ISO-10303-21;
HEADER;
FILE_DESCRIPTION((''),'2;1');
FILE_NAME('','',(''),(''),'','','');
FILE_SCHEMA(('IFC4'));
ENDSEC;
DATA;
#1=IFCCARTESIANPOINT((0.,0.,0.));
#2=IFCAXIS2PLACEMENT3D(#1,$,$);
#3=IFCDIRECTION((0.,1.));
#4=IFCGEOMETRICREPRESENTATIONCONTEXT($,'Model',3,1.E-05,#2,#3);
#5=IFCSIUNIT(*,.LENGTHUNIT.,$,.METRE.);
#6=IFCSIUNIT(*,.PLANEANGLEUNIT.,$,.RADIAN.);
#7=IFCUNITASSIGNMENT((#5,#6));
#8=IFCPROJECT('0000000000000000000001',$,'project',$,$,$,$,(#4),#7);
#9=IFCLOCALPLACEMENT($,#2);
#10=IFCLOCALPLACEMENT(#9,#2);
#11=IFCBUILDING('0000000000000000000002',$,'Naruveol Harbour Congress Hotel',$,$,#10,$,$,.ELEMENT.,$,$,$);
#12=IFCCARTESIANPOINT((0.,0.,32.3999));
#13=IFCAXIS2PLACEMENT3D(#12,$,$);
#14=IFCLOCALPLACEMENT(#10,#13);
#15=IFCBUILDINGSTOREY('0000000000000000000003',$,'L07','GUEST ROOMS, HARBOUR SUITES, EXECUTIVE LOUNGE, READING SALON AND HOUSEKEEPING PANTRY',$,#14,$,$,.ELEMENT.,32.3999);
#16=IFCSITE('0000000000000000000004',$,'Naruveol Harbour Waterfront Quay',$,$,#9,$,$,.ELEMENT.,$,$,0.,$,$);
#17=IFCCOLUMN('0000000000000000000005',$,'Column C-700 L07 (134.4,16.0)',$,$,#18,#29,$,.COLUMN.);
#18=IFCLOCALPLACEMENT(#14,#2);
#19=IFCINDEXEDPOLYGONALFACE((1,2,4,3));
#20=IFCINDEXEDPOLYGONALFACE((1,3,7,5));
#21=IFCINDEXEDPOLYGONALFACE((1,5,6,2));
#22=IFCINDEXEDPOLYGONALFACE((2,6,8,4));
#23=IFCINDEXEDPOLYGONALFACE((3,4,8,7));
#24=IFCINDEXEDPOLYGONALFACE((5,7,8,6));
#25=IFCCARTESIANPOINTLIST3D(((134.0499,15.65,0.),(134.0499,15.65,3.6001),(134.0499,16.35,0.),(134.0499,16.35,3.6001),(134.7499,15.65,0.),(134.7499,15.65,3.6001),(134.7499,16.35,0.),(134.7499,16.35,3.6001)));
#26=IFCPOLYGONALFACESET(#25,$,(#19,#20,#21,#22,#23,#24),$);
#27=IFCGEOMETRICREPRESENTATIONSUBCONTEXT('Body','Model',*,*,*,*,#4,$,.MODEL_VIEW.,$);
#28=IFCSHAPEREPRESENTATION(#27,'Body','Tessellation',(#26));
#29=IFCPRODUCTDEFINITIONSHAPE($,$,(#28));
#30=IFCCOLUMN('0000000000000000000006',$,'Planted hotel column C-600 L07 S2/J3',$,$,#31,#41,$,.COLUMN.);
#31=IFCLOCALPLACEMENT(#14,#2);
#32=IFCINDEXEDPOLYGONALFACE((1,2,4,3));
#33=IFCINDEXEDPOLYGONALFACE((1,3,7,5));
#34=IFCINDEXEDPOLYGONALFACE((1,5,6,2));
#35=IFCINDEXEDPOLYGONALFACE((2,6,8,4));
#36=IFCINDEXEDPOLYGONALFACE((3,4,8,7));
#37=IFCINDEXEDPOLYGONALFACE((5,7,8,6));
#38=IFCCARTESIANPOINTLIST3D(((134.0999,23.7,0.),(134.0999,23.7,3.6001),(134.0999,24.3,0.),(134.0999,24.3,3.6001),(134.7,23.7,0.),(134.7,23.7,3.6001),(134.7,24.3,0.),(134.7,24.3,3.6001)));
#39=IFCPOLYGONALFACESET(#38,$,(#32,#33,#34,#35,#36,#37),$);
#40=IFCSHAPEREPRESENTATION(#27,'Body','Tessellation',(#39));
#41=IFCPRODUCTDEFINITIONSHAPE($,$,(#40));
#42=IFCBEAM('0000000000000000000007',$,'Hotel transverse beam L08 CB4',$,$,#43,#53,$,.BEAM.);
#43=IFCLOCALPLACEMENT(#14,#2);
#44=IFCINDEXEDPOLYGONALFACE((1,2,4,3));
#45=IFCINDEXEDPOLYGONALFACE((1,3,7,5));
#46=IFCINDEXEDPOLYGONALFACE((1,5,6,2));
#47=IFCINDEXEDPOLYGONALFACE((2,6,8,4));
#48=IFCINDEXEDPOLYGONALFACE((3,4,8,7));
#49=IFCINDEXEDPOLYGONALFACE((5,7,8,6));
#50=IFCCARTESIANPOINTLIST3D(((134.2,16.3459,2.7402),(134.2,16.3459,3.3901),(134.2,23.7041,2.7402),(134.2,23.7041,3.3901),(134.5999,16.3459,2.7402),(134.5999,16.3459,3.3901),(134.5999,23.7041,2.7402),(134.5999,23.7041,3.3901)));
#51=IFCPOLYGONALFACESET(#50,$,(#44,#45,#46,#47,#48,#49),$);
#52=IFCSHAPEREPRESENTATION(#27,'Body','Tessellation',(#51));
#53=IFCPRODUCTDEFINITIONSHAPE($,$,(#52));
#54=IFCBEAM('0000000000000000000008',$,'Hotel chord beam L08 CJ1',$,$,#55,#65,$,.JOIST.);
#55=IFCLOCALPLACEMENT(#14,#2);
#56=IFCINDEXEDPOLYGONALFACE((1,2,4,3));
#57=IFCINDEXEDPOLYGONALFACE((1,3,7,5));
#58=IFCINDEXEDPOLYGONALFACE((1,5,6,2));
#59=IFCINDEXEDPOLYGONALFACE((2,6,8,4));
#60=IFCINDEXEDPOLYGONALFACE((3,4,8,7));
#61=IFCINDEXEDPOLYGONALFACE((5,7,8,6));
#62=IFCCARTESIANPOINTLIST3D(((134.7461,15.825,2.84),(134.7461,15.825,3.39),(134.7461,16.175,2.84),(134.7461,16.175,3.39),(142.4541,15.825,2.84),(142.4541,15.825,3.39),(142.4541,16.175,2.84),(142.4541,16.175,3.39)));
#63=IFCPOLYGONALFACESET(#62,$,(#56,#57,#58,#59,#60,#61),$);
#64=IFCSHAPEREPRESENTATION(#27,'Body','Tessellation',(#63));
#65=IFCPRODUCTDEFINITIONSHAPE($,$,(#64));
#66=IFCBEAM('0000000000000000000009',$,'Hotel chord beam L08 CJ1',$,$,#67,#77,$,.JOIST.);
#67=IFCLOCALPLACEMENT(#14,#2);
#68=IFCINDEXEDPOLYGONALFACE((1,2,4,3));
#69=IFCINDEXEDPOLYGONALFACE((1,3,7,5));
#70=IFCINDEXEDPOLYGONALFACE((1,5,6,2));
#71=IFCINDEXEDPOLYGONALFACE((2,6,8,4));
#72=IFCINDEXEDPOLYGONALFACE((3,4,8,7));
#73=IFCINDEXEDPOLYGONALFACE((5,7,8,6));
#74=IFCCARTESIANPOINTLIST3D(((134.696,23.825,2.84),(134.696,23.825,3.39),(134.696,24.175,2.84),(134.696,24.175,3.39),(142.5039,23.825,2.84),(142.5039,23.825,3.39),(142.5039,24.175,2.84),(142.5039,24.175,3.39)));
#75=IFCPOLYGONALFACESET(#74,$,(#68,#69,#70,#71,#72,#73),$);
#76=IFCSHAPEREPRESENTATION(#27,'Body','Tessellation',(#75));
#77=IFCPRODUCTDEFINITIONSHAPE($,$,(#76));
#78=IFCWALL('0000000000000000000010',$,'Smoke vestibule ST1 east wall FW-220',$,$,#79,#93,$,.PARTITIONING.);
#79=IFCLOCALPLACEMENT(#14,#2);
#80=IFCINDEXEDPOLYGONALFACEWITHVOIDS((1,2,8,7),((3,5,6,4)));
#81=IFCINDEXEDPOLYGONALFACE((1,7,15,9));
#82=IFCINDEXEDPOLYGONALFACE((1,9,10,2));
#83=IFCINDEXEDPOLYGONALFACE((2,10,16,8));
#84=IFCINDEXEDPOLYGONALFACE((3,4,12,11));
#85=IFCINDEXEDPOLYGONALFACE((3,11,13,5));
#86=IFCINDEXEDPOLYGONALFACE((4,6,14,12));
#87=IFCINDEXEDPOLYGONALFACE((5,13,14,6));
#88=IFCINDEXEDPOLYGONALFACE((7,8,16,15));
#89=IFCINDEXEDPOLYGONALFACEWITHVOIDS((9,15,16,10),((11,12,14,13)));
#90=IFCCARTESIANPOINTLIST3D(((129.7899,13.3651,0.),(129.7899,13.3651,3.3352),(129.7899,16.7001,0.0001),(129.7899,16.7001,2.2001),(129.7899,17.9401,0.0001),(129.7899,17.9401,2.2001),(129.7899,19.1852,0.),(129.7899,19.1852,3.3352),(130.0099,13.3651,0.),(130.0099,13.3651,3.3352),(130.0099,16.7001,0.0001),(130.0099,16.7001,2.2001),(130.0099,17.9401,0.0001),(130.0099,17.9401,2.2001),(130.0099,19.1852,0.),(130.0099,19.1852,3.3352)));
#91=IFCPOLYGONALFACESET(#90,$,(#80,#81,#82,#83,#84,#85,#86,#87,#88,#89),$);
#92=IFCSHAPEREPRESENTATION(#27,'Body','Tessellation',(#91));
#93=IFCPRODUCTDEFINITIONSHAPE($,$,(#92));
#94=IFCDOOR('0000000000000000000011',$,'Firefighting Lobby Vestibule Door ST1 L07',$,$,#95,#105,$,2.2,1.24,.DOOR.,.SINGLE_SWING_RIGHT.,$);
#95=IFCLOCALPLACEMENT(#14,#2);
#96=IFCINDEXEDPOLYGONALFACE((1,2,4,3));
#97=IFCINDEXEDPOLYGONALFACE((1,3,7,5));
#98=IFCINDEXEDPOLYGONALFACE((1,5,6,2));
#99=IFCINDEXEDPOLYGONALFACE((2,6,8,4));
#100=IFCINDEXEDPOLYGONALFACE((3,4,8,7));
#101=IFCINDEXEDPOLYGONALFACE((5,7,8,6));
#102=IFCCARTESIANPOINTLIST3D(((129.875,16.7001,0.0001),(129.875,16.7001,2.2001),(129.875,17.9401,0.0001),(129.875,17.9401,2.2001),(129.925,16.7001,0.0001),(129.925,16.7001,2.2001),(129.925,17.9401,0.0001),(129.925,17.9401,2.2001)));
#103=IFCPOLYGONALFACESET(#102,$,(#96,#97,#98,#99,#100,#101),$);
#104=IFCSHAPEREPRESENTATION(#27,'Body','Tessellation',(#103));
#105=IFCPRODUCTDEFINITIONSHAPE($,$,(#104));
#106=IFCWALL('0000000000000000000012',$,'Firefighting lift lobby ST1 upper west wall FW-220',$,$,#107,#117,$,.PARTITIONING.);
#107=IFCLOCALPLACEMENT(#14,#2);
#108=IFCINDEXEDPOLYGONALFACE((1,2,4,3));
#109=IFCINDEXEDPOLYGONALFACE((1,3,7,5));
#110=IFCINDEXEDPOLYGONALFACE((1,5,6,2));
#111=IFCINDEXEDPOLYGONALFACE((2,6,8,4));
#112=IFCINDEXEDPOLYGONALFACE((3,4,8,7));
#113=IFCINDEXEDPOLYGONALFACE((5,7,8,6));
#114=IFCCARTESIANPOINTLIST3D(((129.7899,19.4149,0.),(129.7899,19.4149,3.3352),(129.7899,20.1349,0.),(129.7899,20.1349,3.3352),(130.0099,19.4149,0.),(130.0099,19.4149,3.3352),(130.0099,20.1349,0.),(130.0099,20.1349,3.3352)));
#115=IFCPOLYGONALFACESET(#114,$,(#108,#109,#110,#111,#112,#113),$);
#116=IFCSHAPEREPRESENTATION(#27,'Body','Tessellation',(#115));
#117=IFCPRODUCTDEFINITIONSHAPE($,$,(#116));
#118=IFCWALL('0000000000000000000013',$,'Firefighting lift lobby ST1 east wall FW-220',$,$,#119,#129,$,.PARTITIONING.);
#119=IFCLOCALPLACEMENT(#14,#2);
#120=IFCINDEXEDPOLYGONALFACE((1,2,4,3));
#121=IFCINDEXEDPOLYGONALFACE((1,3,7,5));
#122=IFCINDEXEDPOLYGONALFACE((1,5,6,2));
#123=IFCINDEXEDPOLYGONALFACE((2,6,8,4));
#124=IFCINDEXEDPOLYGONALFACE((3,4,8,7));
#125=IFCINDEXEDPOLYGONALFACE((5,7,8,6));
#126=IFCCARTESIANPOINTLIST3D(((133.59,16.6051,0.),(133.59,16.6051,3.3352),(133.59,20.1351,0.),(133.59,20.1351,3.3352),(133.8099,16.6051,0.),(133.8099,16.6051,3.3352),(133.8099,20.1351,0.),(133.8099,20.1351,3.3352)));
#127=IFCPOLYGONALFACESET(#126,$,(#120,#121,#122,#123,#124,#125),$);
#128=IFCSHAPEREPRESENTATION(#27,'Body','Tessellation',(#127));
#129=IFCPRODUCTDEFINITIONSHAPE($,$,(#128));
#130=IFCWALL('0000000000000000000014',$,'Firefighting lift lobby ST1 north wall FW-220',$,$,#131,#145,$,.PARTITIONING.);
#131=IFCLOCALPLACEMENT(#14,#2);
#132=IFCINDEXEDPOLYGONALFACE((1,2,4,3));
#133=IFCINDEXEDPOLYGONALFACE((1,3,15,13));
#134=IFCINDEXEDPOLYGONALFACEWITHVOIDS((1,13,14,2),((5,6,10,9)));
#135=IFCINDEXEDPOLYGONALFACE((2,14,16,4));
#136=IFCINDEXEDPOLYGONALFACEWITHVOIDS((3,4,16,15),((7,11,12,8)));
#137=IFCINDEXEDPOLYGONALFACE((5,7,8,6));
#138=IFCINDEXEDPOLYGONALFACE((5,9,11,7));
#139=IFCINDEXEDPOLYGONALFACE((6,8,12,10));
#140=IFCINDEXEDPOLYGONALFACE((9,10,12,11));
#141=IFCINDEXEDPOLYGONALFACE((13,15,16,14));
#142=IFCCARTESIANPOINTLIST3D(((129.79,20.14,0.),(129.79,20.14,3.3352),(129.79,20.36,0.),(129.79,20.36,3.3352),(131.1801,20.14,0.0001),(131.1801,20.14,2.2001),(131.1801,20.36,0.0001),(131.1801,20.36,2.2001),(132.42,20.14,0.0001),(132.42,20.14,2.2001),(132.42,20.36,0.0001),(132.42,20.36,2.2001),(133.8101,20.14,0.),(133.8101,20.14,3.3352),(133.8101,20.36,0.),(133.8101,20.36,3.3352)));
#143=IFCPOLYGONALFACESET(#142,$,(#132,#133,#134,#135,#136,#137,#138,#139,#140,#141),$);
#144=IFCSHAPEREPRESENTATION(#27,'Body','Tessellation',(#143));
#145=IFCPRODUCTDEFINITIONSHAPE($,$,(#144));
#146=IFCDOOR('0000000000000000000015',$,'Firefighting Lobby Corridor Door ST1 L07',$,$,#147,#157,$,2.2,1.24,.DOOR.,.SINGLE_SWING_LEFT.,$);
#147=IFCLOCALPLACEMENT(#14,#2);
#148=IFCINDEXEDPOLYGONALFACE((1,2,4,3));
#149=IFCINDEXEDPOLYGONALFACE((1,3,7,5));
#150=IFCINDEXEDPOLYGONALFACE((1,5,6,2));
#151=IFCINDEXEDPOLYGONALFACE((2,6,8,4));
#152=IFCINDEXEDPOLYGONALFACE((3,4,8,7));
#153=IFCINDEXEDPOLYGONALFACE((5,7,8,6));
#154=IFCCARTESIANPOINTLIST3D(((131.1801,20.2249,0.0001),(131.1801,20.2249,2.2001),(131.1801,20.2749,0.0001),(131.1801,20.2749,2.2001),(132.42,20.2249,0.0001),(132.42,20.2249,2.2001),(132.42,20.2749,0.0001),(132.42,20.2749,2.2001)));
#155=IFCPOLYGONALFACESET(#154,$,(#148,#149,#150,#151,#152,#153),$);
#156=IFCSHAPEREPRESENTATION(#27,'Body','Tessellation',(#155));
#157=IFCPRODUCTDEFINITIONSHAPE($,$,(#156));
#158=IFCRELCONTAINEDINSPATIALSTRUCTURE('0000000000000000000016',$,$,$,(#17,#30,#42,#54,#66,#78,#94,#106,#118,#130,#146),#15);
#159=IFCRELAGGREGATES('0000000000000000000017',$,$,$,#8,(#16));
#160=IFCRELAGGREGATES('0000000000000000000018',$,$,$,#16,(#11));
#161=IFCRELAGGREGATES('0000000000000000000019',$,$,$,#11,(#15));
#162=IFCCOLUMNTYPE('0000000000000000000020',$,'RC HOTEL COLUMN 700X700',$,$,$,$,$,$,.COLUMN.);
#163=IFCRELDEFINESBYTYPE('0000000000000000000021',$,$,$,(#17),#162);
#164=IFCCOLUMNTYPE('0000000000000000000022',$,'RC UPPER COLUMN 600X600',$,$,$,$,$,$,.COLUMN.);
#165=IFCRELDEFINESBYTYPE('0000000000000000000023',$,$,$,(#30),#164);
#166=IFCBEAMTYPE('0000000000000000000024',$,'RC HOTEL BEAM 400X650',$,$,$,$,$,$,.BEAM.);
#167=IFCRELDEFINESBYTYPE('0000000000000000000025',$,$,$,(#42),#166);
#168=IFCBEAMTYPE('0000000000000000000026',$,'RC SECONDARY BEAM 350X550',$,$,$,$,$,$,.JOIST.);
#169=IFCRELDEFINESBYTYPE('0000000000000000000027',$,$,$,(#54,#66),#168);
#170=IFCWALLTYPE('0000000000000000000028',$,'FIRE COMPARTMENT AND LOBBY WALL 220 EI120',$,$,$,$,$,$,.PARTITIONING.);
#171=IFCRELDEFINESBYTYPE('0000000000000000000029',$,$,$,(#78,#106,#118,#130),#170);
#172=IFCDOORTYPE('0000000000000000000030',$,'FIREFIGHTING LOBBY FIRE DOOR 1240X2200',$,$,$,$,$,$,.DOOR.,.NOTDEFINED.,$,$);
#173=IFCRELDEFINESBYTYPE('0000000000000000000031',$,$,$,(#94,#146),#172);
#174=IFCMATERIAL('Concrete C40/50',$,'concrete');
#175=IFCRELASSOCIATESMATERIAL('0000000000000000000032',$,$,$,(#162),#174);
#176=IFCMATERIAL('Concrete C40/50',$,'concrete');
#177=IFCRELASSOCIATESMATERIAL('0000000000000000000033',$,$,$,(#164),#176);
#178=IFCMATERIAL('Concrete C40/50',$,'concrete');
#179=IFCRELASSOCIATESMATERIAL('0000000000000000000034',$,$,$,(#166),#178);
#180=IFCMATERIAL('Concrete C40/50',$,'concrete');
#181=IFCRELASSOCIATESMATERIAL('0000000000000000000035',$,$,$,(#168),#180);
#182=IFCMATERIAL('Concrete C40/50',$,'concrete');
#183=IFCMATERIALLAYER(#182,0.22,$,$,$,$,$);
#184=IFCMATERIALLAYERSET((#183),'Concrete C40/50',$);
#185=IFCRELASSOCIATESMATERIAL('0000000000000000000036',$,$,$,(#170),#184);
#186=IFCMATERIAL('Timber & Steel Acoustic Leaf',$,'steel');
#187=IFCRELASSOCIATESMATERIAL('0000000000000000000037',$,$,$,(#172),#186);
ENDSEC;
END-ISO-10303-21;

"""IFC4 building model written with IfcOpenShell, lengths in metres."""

from ifc_helpers import new_model, si_unit, direction, frame, frame_2d, origin, origin_2d, place, context, subcontext, project, spatial, rectangle, extrude, material, layer, layer_set, material_profile, profile_set, type_object, element, fill, save


model = new_model("IFC4")

# Units and contexts
model_context = context("Model", 3, precision=1e-05, world=origin(), true_north=direction((0.0, 1.0)))
body_context = subcontext(model_context, "Body", "Model", "MODEL_VIEW")
ifc_project = project(units=[si_unit("LENGTHUNIT", "METRE"), si_unit("PLANEANGLEUNIT", "RADIAN")], contexts=[model_context])

# Site, building, storey
site_placement = place(None, origin())
site = spatial("IfcSite", under=ifc_project, at=site_placement, Name="Naruveol Harbour Waterfront Quay", CompositionType="ELEMENT", RefElevation=0.0)
building_placement = place(site_placement, origin())
building = spatial("IfcBuilding", under=site, at=building_placement, Name="Naruveol Harbour Congress Hotel", CompositionType="ELEMENT")
storey_placement = place(building_placement, frame((0.0, 0.0, 32.3999)))
storey = spatial("IfcBuildingStorey", under=building, at=storey_placement, Name="L07", Description="GUEST ROOMS, HARBOUR SUITES, EXECUTIVE LOUNGE, READING SALON AND HOUSEKEEPING PANTRY", CompositionType="ELEMENT", Elevation=32.3999)

# Columns
ifc_material_1 = material(Name="Concrete C40/50", Category="concrete")
ifc_material_profile_1 = material_profile(ifc_material_1, rectangle(XDim=0.7, YDim=0.7, at=origin_2d()), Name="RC-700x700")
ifc_profile_set_1 = profile_set([ifc_material_profile_1], Name="Concrete C40/50")
column_type_1 = type_object("IfcColumnType", Name="RC HOTEL COLUMN 700X700", PredefinedType="COLUMN", material=ifc_profile_set_1)
column_1_placement = place(storey_placement, frame((134.3999, 16.0, 0.0), z_axis=(0.0, 0.0, 1.0), x_axis=(1.0, 0.0, 0.0)))
element("IfcColumn", 1, at=column_1_placement, inside=storey, type_object=column_type_1, Name="Column C-700 L07 (134.4,16.0)", PredefinedType="COLUMN", context=body_context, shape_type="SweptSolid", body=[
    extrude(rectangle(XDim=0.7, YDim=0.7, at=origin_2d()), origin(), (0.0, 0.0, 1.0), 3.6001),
])
ifc_material_2 = material(Name="Concrete C40/50", Category="concrete")
ifc_material_profile_2 = material_profile(ifc_material_2, rectangle(XDim=0.6001, YDim=0.6001, at=origin_2d()), Name="RC-600x600")
ifc_profile_set_2 = profile_set([ifc_material_profile_2], Name="Concrete C40/50")
column_type_2 = type_object("IfcColumnType", Name="RC UPPER COLUMN 600X600", PredefinedType="COLUMN", material=ifc_profile_set_2)
column_2_placement = place(storey_placement, frame((134.3999, 24.0, 0.0), z_axis=(0.0, 0.0, 1.0), x_axis=(1.0, 0.0, 0.0)))
element("IfcColumn", 2, at=column_2_placement, inside=storey, type_object=column_type_2, Name="Planted hotel column C-600 L07 S2/J3", PredefinedType="COLUMN", context=body_context, shape_type="SweptSolid", body=[
    extrude(rectangle(XDim=0.6001, YDim=0.6001, at=origin_2d()), origin(), (0.0, 0.0, 1.0), 3.6001),
])

# Beams
ifc_material_3 = material(Name="Concrete C40/50", Category="concrete")
ifc_material_profile_3 = material_profile(ifc_material_3, rectangle(XDim=0.3999, YDim=0.6499, at=origin_2d()), Name="RCB-400x650")
ifc_profile_set_3 = profile_set([ifc_material_profile_3], Name="Concrete C40/50")
beam_type_1 = type_object("IfcBeamType", Name="RC HOTEL BEAM 400X650", PredefinedType="BEAM", material=ifc_profile_set_3)
beam_1_placement = place(storey_placement, frame((134.3999, 16.3459, 3.0652), z_axis=(0.0, 1.0, 0.0), x_axis=(-1.0, 0.0, 0.0)))
element("IfcBeam", 3, at=beam_1_placement, inside=storey, type_object=beam_type_1, Name="Hotel transverse beam L08 CB4", PredefinedType="BEAM", context=body_context, shape_type="SweptSolid", body=[
    extrude(rectangle(XDim=0.3999, YDim=0.6499, at=origin_2d()), origin(), (0.0, 0.0, 1.0), 7.3582),
])
ifc_material_4 = material(Name="Concrete C40/50", Category="concrete")
ifc_material_profile_4 = material_profile(ifc_material_4, rectangle(XDim=0.3501, YDim=0.55, at=origin_2d()), Name="RCB-350x550")
ifc_profile_set_4 = profile_set([ifc_material_profile_4], Name="Concrete C40/50")
beam_type_2 = type_object("IfcBeamType", Name="RC SECONDARY BEAM 350X550", PredefinedType="JOIST", material=ifc_profile_set_4)
beam_2_placement = place(storey_placement, frame((134.7461, 16.0, 3.115), z_axis=(1.0, 0.0, 0.0), x_axis=(0.0, 1.0, 0.0)))
element("IfcBeam", 4, at=beam_2_placement, inside=storey, type_object=beam_type_2, Name="Hotel chord beam L08 CJ1", PredefinedType="JOIST", context=body_context, shape_type="SweptSolid", body=[
    extrude(rectangle(XDim=0.3501, YDim=0.55, at=origin_2d()), origin(), (0.0, 0.0, 1.0), 7.708),
])
beam_3_placement = place(storey_placement, frame((134.696, 24.0, 3.115), z_axis=(1.0, 0.0, 0.0), x_axis=(0.0, 1.0, 0.0)))
element("IfcBeam", 5, at=beam_3_placement, inside=storey, type_object=beam_type_2, Name="Hotel chord beam L08 CJ1", PredefinedType="JOIST", context=body_context, shape_type="SweptSolid", body=[
    extrude(rectangle(XDim=0.3501, YDim=0.55, at=origin_2d()), origin(), (0.0, 0.0, 1.0), 7.8079),
])

# Wall, opening, door
ifc_material_5 = material(Name="Concrete C40/50", Category="concrete")
ifc_layer_1 = layer(ifc_material_5, 0.22)
ifc_layer_set_1 = layer_set([ifc_layer_1], Name="Concrete C40/50")
wall_type_1 = type_object("IfcWallType", Name="FIRE COMPARTMENT AND LOBBY WALL 220 EI120", PredefinedType="PARTITIONING", material=ifc_layer_set_1)
wall_1_placement = place(storey_placement, frame((129.8999, 13.365, 0.0), z_axis=(0.0, 0.0, 1.0), x_axis=(0.0, 1.0, 0.0)))
wall_1 = element("IfcWall", 6, at=wall_1_placement, inside=storey, type_object=wall_type_1, Name="Smoke vestibule ST1 east wall FW-220", PredefinedType="PARTITIONING", context=body_context, shape_type="SweptSolid", body=[
    extrude(rectangle(XDim=5.8201, YDim=0.22, at=frame_2d((2.9102, 0.0))), origin(), (0.0, 0.0, 1.0), 3.3352),
])
opening_1_placement = place(wall_1_placement, frame((3.335, 0.0, 0.0)))
opening_1 = element("IfcOpeningElement", 7, at=opening_1_placement, cuts=wall_1, PredefinedType="OPENING", context=body_context, shape_type="SweptSolid", body=[
    extrude(rectangle(XDim=1.24, YDim=2.2, at=frame_2d((0.6201, 1.1001))), frame((0.0, 0.1199, 0.0), z_axis=(0.0, -1.0, 0.0), x_axis=(1.0, 0.0, 0.0)), (0.0, 0.0, 1.0), 0.24),
])
ifc_material_6 = material(Name="Timber & Steel Acoustic Leaf", Category="steel")
door_type_1 = type_object("IfcDoorType", Name="FIREFIGHTING LOBBY FIRE DOOR 1240X2200", OperationType="NOTDEFINED", PredefinedType="DOOR", material=ifc_material_6)
door_1_placement = place(opening_1_placement, origin())
door_1 = element("IfcDoor", 8, at=door_1_placement, inside=storey, type_object=door_type_1, Name="Firefighting Lobby Vestibule Door ST1 L07", OperationType="SINGLE_SWING_RIGHT", OverallHeight=2.2, OverallWidth=1.24, PredefinedType="DOOR", context=body_context, shape_type="SweptSolid", body=[
    extrude(rectangle(XDim=1.24, YDim=2.2, at=frame_2d((0.6201, 1.1001))), frame((0.0, 0.0249, 0.0), z_axis=(0.0, -1.0, 0.0), x_axis=(1.0, 0.0, 0.0)), (0.0, 0.0, 1.0), 0.05),
])
fill(opening_1, door_1)

# Walls
wall_2_placement = place(storey_placement, frame((129.8999, 19.415, 0.0), z_axis=(0.0, 0.0, 1.0), x_axis=(0.0, 1.0, 0.0)))
element("IfcWall", 9, at=wall_2_placement, inside=storey, type_object=wall_type_1, Name="Firefighting lift lobby ST1 upper west wall FW-220", PredefinedType="PARTITIONING", context=body_context, shape_type="SweptSolid", body=[
    extrude(rectangle(XDim=0.72, YDim=0.22, at=frame_2d((0.3599, 0.0))), origin(), (0.0, 0.0, 1.0), 3.3352),
])
wall_3_placement = place(storey_placement, frame((133.7, 16.605, 0.0), z_axis=(0.0, 0.0, 1.0), x_axis=(0.0, 1.0, 0.0)))
element("IfcWall", 10, at=wall_3_placement, inside=storey, type_object=wall_type_1, Name="Firefighting lift lobby ST1 east wall FW-220", PredefinedType="PARTITIONING", context=body_context, shape_type="SweptSolid", body=[
    extrude(rectangle(XDim=3.53, YDim=0.22, at=frame_2d((1.7651, 0.0))), origin(), (0.0, 0.0, 1.0), 3.3352),
])

# Wall, opening, door
wall_4_placement = place(storey_placement, frame((129.79, 20.25, 0.0), z_axis=(0.0, 0.0, 1.0), x_axis=(1.0, 0.0, 0.0)))
wall_4 = element("IfcWall", 11, at=wall_4_placement, inside=storey, type_object=wall_type_1, Name="Firefighting lift lobby ST1 north wall FW-220", PredefinedType="PARTITIONING", context=body_context, shape_type="SweptSolid", body=[
    extrude(rectangle(XDim=4.02, YDim=0.22, at=frame_2d((2.01, 0.0))), origin(), (0.0, 0.0, 1.0), 3.3352),
])
opening_2_placement = place(wall_4_placement, frame((1.3899, 0.0, 0.0)))
opening_2 = element("IfcOpeningElement", 12, at=opening_2_placement, cuts=wall_4, PredefinedType="OPENING", context=body_context, shape_type="SweptSolid", body=[
    extrude(rectangle(XDim=1.24, YDim=2.2, at=frame_2d((0.6201, 1.1001))), frame((0.0, 0.1199, 0.0), z_axis=(0.0, -1.0, 0.0), x_axis=(1.0, 0.0, 0.0)), (0.0, 0.0, 1.0), 0.24),
])
door_2_placement = place(opening_2_placement, origin())
door_2 = element("IfcDoor", 13, at=door_2_placement, inside=storey, type_object=door_type_1, Name="Firefighting Lobby Corridor Door ST1 L07", OperationType="SINGLE_SWING_LEFT", OverallHeight=2.2, OverallWidth=1.24, PredefinedType="DOOR", context=body_context, shape_type="SweptSolid", body=[
    extrude(rectangle(XDim=1.24, YDim=2.2, at=frame_2d((0.6201, 1.1001))), frame((0.0, 0.0249, 0.0), z_axis=(0.0, -1.0, 0.0), x_axis=(1.0, 0.0, 0.0)), (0.0, 0.0, 1.0), 0.05),
])
fill(opening_2, door_2)

save(model, "model.ifc")
